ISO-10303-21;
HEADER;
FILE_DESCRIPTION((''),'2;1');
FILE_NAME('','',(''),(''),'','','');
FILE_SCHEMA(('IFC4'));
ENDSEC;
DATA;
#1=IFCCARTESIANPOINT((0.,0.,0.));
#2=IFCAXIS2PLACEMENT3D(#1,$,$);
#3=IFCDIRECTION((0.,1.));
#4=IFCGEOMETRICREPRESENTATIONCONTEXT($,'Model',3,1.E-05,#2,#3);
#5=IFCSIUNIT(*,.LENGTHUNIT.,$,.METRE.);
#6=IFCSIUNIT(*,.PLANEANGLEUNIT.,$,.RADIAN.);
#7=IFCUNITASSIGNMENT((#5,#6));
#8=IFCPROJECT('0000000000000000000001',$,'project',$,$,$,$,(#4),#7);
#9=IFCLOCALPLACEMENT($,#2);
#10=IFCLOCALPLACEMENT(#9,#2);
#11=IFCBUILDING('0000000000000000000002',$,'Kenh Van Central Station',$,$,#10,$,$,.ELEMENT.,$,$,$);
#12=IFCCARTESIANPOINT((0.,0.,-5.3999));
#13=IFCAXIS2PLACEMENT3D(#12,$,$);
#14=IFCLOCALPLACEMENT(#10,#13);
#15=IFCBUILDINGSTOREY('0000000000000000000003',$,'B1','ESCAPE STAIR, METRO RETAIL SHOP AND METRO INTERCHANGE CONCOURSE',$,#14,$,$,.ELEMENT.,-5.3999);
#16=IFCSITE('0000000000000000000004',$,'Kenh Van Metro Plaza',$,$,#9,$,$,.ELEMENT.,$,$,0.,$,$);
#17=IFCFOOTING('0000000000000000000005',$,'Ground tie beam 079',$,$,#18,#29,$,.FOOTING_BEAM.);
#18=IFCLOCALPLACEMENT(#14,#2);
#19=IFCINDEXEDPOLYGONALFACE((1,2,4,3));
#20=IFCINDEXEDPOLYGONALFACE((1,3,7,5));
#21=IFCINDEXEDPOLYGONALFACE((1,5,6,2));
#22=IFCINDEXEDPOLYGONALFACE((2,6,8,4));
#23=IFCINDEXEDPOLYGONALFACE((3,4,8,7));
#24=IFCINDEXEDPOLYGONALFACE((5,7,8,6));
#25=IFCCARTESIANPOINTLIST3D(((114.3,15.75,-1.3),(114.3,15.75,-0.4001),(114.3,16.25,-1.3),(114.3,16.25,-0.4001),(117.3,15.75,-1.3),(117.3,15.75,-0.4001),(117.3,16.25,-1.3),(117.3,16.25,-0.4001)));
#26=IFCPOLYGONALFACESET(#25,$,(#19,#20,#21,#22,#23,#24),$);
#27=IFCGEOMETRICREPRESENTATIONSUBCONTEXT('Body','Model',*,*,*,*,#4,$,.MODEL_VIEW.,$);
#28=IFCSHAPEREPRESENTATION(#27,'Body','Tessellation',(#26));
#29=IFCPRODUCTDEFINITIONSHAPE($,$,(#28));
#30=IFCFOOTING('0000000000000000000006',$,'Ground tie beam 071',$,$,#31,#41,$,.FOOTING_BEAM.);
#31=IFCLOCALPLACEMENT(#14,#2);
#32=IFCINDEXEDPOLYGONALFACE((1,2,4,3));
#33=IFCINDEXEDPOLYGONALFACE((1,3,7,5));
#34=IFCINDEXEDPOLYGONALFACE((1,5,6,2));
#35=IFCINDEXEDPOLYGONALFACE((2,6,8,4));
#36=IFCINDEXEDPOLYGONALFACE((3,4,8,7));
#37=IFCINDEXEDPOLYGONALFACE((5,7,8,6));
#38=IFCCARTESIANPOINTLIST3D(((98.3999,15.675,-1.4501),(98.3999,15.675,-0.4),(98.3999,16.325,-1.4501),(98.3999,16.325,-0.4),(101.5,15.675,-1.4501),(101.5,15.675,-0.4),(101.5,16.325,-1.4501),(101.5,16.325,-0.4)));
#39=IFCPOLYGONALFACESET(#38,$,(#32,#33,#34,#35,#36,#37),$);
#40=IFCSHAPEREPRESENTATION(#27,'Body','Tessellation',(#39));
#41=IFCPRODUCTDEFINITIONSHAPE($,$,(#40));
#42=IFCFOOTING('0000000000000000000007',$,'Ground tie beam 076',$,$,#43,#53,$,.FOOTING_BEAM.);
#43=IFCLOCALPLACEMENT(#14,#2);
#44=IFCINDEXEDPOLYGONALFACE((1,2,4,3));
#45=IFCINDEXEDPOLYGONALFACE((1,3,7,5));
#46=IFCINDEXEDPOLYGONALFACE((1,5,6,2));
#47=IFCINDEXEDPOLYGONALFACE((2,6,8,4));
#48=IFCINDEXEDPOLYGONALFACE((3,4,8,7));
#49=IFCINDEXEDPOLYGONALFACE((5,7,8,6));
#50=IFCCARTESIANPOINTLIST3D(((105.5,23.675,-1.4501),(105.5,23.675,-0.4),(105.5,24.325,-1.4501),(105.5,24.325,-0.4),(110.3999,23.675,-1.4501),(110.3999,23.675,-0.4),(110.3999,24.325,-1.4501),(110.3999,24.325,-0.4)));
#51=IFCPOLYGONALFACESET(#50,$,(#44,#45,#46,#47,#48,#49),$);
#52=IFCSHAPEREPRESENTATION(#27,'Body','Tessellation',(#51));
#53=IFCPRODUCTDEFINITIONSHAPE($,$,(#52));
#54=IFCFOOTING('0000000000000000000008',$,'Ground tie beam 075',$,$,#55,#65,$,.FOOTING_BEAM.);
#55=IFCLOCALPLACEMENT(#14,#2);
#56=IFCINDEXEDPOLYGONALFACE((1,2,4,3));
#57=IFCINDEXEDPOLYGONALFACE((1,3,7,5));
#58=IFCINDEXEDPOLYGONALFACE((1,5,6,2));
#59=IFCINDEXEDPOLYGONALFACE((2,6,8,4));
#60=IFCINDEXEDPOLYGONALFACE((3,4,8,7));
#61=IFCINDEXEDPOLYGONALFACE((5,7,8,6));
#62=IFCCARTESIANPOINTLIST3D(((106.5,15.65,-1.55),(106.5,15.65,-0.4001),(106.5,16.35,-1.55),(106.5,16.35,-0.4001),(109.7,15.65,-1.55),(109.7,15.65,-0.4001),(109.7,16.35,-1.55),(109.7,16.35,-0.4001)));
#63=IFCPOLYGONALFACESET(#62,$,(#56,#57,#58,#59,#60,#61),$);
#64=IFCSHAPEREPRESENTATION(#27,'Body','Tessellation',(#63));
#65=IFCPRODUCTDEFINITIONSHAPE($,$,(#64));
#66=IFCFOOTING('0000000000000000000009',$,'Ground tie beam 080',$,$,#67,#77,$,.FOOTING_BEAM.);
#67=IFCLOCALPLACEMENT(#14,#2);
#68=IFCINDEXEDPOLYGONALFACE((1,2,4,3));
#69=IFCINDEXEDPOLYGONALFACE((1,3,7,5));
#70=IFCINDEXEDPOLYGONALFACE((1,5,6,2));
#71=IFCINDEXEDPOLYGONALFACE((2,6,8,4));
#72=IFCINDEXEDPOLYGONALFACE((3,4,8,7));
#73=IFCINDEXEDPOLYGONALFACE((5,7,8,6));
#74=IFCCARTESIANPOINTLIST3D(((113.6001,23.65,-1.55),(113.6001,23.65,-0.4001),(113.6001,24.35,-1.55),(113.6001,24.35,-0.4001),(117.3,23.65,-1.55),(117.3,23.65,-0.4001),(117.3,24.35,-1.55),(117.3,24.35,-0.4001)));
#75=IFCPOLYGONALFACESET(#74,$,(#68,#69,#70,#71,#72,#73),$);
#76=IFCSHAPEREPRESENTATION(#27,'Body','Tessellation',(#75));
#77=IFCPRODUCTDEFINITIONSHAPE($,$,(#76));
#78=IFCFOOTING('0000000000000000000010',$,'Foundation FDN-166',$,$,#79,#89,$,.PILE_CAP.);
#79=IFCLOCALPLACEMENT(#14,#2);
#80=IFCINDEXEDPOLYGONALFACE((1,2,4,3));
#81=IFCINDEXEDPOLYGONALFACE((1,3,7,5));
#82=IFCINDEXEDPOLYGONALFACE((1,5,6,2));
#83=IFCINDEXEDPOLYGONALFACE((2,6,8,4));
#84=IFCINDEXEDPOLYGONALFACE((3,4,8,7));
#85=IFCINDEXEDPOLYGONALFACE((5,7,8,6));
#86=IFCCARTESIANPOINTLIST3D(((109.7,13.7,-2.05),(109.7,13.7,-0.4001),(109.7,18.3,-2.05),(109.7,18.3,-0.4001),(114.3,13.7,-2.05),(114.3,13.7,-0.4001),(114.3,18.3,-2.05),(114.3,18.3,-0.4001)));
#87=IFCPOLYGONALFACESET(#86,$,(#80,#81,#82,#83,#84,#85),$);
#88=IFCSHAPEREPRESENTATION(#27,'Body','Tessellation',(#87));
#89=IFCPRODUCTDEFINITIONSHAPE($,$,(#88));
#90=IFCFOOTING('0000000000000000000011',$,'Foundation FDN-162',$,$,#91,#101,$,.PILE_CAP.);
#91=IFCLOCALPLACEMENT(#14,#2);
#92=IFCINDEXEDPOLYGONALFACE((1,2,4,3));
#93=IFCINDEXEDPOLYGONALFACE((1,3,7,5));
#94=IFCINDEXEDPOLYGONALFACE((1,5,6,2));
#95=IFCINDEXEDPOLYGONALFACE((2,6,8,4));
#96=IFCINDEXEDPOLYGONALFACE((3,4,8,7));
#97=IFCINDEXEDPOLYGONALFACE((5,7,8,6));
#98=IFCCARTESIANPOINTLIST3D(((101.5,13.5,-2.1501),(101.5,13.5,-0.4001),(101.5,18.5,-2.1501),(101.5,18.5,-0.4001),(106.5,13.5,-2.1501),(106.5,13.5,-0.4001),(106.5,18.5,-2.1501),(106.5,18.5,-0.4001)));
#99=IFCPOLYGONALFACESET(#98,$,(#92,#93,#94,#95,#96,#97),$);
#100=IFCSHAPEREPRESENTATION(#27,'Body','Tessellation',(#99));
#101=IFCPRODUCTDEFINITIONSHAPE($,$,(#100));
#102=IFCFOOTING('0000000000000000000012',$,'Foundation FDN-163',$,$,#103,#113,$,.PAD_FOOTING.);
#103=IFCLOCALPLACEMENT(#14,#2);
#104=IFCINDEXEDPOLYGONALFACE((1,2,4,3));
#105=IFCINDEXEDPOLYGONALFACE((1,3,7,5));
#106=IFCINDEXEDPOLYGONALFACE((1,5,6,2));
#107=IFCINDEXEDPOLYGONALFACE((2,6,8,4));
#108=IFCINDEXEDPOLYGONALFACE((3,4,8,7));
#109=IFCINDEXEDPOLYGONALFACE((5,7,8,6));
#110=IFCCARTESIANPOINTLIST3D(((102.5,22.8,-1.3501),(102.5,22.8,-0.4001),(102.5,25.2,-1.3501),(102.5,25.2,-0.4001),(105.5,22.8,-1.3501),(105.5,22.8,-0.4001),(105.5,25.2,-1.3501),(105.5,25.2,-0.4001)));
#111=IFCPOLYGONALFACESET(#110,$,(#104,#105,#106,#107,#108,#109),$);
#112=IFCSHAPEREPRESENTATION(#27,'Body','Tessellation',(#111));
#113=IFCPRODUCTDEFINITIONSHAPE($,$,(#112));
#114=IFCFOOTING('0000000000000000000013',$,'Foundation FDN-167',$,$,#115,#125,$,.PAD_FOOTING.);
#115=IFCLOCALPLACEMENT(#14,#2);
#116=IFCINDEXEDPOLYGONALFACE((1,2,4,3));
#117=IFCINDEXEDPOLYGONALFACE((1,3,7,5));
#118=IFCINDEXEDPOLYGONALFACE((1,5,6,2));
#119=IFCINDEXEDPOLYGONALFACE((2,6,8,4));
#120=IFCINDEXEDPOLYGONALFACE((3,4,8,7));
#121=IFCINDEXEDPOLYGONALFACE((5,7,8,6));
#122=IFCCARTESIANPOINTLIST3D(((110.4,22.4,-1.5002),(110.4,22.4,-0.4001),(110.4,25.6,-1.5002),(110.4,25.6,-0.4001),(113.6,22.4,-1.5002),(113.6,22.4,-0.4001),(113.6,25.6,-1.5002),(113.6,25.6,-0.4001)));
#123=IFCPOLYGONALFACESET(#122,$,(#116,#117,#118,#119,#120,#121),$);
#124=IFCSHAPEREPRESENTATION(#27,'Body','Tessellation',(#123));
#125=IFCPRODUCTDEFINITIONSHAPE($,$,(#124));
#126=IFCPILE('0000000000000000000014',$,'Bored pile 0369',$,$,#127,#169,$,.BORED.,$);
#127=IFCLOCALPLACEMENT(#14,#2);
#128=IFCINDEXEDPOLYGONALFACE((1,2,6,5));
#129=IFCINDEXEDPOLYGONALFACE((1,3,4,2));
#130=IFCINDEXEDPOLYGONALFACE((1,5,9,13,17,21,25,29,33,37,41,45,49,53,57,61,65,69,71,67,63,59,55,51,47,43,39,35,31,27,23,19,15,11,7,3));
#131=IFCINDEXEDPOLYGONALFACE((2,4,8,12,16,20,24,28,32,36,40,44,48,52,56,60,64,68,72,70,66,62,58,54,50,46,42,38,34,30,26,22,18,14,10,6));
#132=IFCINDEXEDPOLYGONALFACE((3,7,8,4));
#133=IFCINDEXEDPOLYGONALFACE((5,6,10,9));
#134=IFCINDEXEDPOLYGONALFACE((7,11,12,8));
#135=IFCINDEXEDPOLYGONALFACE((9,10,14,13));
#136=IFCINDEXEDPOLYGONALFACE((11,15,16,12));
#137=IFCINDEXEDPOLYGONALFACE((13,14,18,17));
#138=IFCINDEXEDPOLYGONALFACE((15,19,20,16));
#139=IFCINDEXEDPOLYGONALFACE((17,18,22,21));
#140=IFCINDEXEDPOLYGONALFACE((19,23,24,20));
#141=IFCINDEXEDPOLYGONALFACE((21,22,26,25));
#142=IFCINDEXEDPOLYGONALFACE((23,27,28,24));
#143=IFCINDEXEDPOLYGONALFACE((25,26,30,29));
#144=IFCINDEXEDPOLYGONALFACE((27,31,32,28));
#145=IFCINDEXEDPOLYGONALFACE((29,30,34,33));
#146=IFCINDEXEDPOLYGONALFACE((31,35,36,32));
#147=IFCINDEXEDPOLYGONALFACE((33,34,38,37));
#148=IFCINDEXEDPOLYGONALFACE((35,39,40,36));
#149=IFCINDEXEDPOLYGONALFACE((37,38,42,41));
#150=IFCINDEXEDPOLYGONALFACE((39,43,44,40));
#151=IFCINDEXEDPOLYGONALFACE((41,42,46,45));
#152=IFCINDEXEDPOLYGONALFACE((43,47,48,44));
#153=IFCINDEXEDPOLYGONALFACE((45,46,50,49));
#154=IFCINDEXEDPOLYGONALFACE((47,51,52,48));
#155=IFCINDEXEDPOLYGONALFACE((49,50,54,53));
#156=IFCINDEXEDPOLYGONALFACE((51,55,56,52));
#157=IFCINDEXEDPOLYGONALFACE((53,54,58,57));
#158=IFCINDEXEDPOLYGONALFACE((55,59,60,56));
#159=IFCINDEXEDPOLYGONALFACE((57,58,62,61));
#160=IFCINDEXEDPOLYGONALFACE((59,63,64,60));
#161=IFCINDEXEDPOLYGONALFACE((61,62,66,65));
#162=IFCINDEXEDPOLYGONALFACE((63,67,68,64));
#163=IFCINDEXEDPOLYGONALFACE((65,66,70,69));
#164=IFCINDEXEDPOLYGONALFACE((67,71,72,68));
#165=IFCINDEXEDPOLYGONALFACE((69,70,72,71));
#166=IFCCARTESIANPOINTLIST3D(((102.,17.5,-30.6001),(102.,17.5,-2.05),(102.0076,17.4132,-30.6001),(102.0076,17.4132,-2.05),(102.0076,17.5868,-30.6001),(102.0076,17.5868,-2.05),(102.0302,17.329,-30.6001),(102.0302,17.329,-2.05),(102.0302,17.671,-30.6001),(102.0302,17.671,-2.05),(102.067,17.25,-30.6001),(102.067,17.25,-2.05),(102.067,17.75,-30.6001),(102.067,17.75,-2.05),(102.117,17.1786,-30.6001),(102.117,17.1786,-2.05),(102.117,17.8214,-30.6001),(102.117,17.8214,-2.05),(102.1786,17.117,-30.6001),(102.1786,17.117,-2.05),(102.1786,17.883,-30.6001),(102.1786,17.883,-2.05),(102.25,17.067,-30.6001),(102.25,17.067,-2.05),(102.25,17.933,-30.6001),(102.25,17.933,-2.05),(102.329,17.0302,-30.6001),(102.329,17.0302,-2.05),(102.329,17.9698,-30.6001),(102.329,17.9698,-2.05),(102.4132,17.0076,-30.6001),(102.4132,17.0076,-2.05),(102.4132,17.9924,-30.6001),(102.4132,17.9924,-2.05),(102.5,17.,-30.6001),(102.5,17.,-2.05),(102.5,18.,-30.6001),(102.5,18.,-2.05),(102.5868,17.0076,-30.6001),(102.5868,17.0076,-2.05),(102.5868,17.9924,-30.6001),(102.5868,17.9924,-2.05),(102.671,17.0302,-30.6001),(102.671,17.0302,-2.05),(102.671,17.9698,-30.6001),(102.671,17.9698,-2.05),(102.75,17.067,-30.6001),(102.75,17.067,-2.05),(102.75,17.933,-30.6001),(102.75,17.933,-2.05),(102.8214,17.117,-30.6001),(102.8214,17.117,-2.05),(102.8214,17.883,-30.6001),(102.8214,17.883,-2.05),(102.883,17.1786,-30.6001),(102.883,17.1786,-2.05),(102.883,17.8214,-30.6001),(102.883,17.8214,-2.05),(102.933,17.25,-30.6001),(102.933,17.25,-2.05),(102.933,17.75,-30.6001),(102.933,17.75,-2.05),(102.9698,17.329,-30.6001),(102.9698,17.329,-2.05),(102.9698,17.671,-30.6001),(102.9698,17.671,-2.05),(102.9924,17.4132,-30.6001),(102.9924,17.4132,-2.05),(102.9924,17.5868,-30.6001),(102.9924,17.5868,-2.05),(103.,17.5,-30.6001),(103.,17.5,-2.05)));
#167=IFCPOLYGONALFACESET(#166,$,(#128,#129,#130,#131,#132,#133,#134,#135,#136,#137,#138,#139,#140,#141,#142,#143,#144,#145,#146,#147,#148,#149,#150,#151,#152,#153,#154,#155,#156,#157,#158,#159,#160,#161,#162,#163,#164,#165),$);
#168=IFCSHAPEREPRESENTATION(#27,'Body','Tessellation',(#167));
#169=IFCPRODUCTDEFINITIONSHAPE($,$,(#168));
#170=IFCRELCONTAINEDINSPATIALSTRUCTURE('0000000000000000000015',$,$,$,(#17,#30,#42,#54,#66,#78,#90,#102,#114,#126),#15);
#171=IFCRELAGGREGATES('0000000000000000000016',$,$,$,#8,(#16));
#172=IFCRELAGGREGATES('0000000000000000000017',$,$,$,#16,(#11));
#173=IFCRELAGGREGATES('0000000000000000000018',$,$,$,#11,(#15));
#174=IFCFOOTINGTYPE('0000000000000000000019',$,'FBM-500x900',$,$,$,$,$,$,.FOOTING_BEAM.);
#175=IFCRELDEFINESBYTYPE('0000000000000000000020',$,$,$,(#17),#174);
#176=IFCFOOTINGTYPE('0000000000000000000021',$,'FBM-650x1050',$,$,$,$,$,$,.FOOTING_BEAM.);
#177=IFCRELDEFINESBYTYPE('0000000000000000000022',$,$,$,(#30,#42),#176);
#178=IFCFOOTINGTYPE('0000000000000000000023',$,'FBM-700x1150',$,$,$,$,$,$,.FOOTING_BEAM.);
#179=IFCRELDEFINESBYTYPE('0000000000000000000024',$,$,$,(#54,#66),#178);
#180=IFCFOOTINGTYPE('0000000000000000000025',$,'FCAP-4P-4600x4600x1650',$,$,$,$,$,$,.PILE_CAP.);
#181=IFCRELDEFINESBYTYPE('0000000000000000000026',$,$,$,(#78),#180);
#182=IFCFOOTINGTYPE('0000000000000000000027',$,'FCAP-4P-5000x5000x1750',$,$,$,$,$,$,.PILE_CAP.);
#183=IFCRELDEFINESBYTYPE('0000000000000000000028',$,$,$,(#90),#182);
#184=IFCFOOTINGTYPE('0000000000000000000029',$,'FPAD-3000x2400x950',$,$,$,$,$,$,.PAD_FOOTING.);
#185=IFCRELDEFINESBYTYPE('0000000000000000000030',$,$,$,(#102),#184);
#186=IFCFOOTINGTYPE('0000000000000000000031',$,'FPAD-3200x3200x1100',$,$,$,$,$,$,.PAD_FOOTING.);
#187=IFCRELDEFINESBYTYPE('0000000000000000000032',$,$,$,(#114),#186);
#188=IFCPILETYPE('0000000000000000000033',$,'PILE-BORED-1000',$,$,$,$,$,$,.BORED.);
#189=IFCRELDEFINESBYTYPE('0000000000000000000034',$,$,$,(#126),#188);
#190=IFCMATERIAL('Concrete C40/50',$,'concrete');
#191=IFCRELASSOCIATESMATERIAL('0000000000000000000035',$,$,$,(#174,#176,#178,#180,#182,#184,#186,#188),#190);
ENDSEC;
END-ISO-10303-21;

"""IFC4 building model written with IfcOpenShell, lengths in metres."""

from ifc_helpers import new_model, si_unit, direction, frame, origin, origin_2d, place, context, subcontext, project, spatial, rectangle, circle, extrude, material, material_profile, profile_set, type_object, element, save


model = new_model("IFC4")

# Units and contexts
model_context = context("Model", 3, precision=1e-05, world=origin(), true_north=direction((0.0, 1.0)))
body_context = subcontext(model_context, "Body", "Model", "MODEL_VIEW")
ifc_project = project(units=[si_unit("LENGTHUNIT", "METRE"), si_unit("PLANEANGLEUNIT", "RADIAN")], contexts=[model_context])

# Site, building, storey
site_placement = place(None, origin())
site = spatial("IfcSite", under=ifc_project, at=site_placement, Name="Kenh Van Metro Plaza", CompositionType="ELEMENT", RefElevation=0.0)
building_placement = place(site_placement, origin())
building = spatial("IfcBuilding", under=site, at=building_placement, Name="Kenh Van Central Station", CompositionType="ELEMENT")
storey_placement = place(building_placement, frame((0.0, 0.0, -5.3999)))
storey = spatial("IfcBuildingStorey", under=building, at=storey_placement, Name="B1", Description="ESCAPE STAIR, METRO RETAIL SHOP AND METRO INTERCHANGE CONCOURSE", CompositionType="ELEMENT", Elevation=-5.3999)

# Footings
ifc_material_1 = material(Name="Concrete C40/50", Category="concrete")
ifc_material_profile_1 = material_profile(ifc_material_1, rectangle(XDim=0.5, YDim=0.8999, at=origin_2d()), Name="RC 500x900")
ifc_profile_set_1 = profile_set([ifc_material_profile_1], Name="Concrete C40/50")
footing_type_1 = type_object("IfcFootingType", Name="FBM-500x900", PredefinedType="FOOTING_BEAM", material=ifc_profile_set_1)
footing_1_placement = place(storey_placement, frame((114.3, 16.0, -0.8501), z_axis=(1.0, 0.0, 0.0), x_axis=(0.0, 1.0, 0.0)))
element("IfcFooting", 1, at=footing_1_placement, inside=storey, type_object=footing_type_1, Name="Ground tie beam 079", PredefinedType="FOOTING_BEAM", context=body_context, shape_type="SweptSolid", body=[
    extrude(rectangle(XDim=0.5, YDim=0.8999, at=origin_2d()), origin(), (0.0, 0.0, 1.0), 3.0),
])
ifc_material_profile_2 = material_profile(ifc_material_1, rectangle(XDim=0.6499, YDim=1.05, at=origin_2d()), Name="RC 650x1050")
ifc_profile_set_2 = profile_set([ifc_material_profile_2], Name="Concrete C40/50")
footing_type_2 = type_object("IfcFootingType", Name="FBM-650x1050", PredefinedType="FOOTING_BEAM", material=ifc_profile_set_2)
footing_2_placement = place(storey_placement, frame((98.3999, 16.0, -0.925), z_axis=(1.0, 0.0, 0.0), x_axis=(0.0, 1.0, 0.0)))
element("IfcFooting", 2, at=footing_2_placement, inside=storey, type_object=footing_type_2, Name="Ground tie beam 071", PredefinedType="FOOTING_BEAM", context=body_context, shape_type="SweptSolid", body=[
    extrude(rectangle(XDim=0.6499, YDim=1.05, at=origin_2d()), origin(), (0.0, 0.0, 1.0), 3.1001),
])
footing_3_placement = place(storey_placement, frame((105.5, 24.0, -0.925), z_axis=(1.0, 0.0, 0.0), x_axis=(0.0, 1.0, 0.0)))
element("IfcFooting", 3, at=footing_3_placement, inside=storey, type_object=footing_type_2, Name="Ground tie beam 076", PredefinedType="FOOTING_BEAM", context=body_context, shape_type="SweptSolid", body=[
    extrude(rectangle(XDim=0.6499, YDim=1.05, at=origin_2d()), origin(), (0.0, 0.0, 1.0), 4.8999),
])
ifc_material_profile_3 = material_profile(ifc_material_1, rectangle(XDim=0.7, YDim=1.1499, at=origin_2d()), Name="RC 700x1150")
ifc_profile_set_3 = profile_set([ifc_material_profile_3], Name="Concrete C40/50")
footing_type_3 = type_object("IfcFootingType", Name="FBM-700x1150", PredefinedType="FOOTING_BEAM", material=ifc_profile_set_3)
footing_4_placement = place(storey_placement, frame((106.5, 16.0, -0.9751), z_axis=(1.0, 0.0, 0.0), x_axis=(0.0, 1.0, 0.0)))
element("IfcFooting", 4, at=footing_4_placement, inside=storey, type_object=footing_type_3, Name="Ground tie beam 075", PredefinedType="FOOTING_BEAM", context=body_context, shape_type="SweptSolid", body=[
    extrude(rectangle(XDim=0.7, YDim=1.1499, at=origin_2d()), origin(), (0.0, 0.0, 1.0), 3.2),
])
footing_5_placement = place(storey_placement, frame((113.6001, 24.0, -0.9751), z_axis=(1.0, 0.0, 0.0), x_axis=(0.0, 1.0, 0.0)))
element("IfcFooting", 5, at=footing_5_placement, inside=storey, type_object=footing_type_3, Name="Ground tie beam 080", PredefinedType="FOOTING_BEAM", context=body_context, shape_type="SweptSolid", body=[
    extrude(rectangle(XDim=0.7, YDim=1.1499, at=origin_2d()), origin(), (0.0, 0.0, 1.0), 3.7),
])
footing_type_4 = type_object("IfcFootingType", Name="FCAP-4P-4600x4600x1650", PredefinedType="PILE_CAP", material=ifc_material_1)
footing_6_placement = place(storey_placement, frame((112.0, 16.0, -2.05), z_axis=(0.0, 0.0, 1.0), x_axis=(1.0, 0.0, 0.0)))
element("IfcFooting", 6, at=footing_6_placement, inside=storey, type_object=footing_type_4, Name="Foundation FDN-166", PredefinedType="PILE_CAP", context=body_context, shape_type="SweptSolid", body=[
    extrude(rectangle(XDim=4.6001, YDim=4.6001, at=origin_2d()), origin(), (0.0, 0.0, 1.0), 1.6499),
])
footing_type_5 = type_object("IfcFootingType", Name="FCAP-4P-5000x5000x1750", PredefinedType="PILE_CAP", material=ifc_material_1)
footing_7_placement = place(storey_placement, frame((104.0, 16.0, -2.1501), z_axis=(0.0, 0.0, 1.0), x_axis=(1.0, 0.0, 0.0)))
element("IfcFooting", 7, at=footing_7_placement, inside=storey, type_object=footing_type_5, Name="Foundation FDN-162", PredefinedType="PILE_CAP", context=body_context, shape_type="SweptSolid", body=[
    extrude(rectangle(XDim=5.0, YDim=5.0, at=origin_2d()), origin(), (0.0, 0.0, 1.0), 1.75),
])
footing_type_6 = type_object("IfcFootingType", Name="FPAD-3000x2400x950", PredefinedType="PAD_FOOTING", material=ifc_material_1)
footing_8_placement = place(storey_placement, frame((104.0, 24.0, -1.3501), z_axis=(0.0, 0.0, 1.0), x_axis=(1.0, 0.0, 0.0)))
element("IfcFooting", 8, at=footing_8_placement, inside=storey, type_object=footing_type_6, Name="Foundation FDN-163", PredefinedType="PAD_FOOTING", context=body_context, shape_type="SweptSolid", body=[
    extrude(rectangle(XDim=3.0, YDim=2.3999, at=origin_2d()), origin(), (0.0, 0.0, 1.0), 0.95),
])
footing_type_7 = type_object("IfcFootingType", Name="FPAD-3200x3200x1100", PredefinedType="PAD_FOOTING", material=ifc_material_1)
footing_9_placement = place(storey_placement, frame((112.0, 24.0, -1.5002), z_axis=(0.0, 0.0, 1.0), x_axis=(1.0, 0.0, 0.0)))
element("IfcFooting", 9, at=footing_9_placement, inside=storey, type_object=footing_type_7, Name="Foundation FDN-167", PredefinedType="PAD_FOOTING", context=body_context, shape_type="SweptSolid", body=[
    extrude(rectangle(XDim=3.2, YDim=3.2, at=origin_2d()), origin(), (0.0, 0.0, 1.0), 1.1001),
])

# Pile
ifc_material_profile_4 = material_profile(ifc_material_1, circle(Radius=0.5, at=origin_2d()), Name="PILE D1000")
ifc_profile_set_4 = profile_set([ifc_material_profile_4], Name="Concrete C40/50")
pile_type = type_object("IfcPileType", Name="PILE-BORED-1000", PredefinedType="BORED", material=ifc_profile_set_4)
for number, where, z_axis, x_axis, name in (
    (10, (102.5, 17.5, -2.05), (0.0, 0.0, -1.0), (1.0, 0.0, 0.0), "Bored pile 0369"),
):
    element("IfcPile", number, at=place(storey_placement, frame(where, z_axis=z_axis, x_axis=x_axis)), inside=storey, type_object=pile_type, Name=name, PredefinedType="BORED", context=body_context, shape_type="SweptSolid", body=[
        extrude(circle(Radius=0.5, at=origin_2d()), origin(), (0.0, 0.0, 1.0), 28.55),
    ])

save(model, "model.ifc")
